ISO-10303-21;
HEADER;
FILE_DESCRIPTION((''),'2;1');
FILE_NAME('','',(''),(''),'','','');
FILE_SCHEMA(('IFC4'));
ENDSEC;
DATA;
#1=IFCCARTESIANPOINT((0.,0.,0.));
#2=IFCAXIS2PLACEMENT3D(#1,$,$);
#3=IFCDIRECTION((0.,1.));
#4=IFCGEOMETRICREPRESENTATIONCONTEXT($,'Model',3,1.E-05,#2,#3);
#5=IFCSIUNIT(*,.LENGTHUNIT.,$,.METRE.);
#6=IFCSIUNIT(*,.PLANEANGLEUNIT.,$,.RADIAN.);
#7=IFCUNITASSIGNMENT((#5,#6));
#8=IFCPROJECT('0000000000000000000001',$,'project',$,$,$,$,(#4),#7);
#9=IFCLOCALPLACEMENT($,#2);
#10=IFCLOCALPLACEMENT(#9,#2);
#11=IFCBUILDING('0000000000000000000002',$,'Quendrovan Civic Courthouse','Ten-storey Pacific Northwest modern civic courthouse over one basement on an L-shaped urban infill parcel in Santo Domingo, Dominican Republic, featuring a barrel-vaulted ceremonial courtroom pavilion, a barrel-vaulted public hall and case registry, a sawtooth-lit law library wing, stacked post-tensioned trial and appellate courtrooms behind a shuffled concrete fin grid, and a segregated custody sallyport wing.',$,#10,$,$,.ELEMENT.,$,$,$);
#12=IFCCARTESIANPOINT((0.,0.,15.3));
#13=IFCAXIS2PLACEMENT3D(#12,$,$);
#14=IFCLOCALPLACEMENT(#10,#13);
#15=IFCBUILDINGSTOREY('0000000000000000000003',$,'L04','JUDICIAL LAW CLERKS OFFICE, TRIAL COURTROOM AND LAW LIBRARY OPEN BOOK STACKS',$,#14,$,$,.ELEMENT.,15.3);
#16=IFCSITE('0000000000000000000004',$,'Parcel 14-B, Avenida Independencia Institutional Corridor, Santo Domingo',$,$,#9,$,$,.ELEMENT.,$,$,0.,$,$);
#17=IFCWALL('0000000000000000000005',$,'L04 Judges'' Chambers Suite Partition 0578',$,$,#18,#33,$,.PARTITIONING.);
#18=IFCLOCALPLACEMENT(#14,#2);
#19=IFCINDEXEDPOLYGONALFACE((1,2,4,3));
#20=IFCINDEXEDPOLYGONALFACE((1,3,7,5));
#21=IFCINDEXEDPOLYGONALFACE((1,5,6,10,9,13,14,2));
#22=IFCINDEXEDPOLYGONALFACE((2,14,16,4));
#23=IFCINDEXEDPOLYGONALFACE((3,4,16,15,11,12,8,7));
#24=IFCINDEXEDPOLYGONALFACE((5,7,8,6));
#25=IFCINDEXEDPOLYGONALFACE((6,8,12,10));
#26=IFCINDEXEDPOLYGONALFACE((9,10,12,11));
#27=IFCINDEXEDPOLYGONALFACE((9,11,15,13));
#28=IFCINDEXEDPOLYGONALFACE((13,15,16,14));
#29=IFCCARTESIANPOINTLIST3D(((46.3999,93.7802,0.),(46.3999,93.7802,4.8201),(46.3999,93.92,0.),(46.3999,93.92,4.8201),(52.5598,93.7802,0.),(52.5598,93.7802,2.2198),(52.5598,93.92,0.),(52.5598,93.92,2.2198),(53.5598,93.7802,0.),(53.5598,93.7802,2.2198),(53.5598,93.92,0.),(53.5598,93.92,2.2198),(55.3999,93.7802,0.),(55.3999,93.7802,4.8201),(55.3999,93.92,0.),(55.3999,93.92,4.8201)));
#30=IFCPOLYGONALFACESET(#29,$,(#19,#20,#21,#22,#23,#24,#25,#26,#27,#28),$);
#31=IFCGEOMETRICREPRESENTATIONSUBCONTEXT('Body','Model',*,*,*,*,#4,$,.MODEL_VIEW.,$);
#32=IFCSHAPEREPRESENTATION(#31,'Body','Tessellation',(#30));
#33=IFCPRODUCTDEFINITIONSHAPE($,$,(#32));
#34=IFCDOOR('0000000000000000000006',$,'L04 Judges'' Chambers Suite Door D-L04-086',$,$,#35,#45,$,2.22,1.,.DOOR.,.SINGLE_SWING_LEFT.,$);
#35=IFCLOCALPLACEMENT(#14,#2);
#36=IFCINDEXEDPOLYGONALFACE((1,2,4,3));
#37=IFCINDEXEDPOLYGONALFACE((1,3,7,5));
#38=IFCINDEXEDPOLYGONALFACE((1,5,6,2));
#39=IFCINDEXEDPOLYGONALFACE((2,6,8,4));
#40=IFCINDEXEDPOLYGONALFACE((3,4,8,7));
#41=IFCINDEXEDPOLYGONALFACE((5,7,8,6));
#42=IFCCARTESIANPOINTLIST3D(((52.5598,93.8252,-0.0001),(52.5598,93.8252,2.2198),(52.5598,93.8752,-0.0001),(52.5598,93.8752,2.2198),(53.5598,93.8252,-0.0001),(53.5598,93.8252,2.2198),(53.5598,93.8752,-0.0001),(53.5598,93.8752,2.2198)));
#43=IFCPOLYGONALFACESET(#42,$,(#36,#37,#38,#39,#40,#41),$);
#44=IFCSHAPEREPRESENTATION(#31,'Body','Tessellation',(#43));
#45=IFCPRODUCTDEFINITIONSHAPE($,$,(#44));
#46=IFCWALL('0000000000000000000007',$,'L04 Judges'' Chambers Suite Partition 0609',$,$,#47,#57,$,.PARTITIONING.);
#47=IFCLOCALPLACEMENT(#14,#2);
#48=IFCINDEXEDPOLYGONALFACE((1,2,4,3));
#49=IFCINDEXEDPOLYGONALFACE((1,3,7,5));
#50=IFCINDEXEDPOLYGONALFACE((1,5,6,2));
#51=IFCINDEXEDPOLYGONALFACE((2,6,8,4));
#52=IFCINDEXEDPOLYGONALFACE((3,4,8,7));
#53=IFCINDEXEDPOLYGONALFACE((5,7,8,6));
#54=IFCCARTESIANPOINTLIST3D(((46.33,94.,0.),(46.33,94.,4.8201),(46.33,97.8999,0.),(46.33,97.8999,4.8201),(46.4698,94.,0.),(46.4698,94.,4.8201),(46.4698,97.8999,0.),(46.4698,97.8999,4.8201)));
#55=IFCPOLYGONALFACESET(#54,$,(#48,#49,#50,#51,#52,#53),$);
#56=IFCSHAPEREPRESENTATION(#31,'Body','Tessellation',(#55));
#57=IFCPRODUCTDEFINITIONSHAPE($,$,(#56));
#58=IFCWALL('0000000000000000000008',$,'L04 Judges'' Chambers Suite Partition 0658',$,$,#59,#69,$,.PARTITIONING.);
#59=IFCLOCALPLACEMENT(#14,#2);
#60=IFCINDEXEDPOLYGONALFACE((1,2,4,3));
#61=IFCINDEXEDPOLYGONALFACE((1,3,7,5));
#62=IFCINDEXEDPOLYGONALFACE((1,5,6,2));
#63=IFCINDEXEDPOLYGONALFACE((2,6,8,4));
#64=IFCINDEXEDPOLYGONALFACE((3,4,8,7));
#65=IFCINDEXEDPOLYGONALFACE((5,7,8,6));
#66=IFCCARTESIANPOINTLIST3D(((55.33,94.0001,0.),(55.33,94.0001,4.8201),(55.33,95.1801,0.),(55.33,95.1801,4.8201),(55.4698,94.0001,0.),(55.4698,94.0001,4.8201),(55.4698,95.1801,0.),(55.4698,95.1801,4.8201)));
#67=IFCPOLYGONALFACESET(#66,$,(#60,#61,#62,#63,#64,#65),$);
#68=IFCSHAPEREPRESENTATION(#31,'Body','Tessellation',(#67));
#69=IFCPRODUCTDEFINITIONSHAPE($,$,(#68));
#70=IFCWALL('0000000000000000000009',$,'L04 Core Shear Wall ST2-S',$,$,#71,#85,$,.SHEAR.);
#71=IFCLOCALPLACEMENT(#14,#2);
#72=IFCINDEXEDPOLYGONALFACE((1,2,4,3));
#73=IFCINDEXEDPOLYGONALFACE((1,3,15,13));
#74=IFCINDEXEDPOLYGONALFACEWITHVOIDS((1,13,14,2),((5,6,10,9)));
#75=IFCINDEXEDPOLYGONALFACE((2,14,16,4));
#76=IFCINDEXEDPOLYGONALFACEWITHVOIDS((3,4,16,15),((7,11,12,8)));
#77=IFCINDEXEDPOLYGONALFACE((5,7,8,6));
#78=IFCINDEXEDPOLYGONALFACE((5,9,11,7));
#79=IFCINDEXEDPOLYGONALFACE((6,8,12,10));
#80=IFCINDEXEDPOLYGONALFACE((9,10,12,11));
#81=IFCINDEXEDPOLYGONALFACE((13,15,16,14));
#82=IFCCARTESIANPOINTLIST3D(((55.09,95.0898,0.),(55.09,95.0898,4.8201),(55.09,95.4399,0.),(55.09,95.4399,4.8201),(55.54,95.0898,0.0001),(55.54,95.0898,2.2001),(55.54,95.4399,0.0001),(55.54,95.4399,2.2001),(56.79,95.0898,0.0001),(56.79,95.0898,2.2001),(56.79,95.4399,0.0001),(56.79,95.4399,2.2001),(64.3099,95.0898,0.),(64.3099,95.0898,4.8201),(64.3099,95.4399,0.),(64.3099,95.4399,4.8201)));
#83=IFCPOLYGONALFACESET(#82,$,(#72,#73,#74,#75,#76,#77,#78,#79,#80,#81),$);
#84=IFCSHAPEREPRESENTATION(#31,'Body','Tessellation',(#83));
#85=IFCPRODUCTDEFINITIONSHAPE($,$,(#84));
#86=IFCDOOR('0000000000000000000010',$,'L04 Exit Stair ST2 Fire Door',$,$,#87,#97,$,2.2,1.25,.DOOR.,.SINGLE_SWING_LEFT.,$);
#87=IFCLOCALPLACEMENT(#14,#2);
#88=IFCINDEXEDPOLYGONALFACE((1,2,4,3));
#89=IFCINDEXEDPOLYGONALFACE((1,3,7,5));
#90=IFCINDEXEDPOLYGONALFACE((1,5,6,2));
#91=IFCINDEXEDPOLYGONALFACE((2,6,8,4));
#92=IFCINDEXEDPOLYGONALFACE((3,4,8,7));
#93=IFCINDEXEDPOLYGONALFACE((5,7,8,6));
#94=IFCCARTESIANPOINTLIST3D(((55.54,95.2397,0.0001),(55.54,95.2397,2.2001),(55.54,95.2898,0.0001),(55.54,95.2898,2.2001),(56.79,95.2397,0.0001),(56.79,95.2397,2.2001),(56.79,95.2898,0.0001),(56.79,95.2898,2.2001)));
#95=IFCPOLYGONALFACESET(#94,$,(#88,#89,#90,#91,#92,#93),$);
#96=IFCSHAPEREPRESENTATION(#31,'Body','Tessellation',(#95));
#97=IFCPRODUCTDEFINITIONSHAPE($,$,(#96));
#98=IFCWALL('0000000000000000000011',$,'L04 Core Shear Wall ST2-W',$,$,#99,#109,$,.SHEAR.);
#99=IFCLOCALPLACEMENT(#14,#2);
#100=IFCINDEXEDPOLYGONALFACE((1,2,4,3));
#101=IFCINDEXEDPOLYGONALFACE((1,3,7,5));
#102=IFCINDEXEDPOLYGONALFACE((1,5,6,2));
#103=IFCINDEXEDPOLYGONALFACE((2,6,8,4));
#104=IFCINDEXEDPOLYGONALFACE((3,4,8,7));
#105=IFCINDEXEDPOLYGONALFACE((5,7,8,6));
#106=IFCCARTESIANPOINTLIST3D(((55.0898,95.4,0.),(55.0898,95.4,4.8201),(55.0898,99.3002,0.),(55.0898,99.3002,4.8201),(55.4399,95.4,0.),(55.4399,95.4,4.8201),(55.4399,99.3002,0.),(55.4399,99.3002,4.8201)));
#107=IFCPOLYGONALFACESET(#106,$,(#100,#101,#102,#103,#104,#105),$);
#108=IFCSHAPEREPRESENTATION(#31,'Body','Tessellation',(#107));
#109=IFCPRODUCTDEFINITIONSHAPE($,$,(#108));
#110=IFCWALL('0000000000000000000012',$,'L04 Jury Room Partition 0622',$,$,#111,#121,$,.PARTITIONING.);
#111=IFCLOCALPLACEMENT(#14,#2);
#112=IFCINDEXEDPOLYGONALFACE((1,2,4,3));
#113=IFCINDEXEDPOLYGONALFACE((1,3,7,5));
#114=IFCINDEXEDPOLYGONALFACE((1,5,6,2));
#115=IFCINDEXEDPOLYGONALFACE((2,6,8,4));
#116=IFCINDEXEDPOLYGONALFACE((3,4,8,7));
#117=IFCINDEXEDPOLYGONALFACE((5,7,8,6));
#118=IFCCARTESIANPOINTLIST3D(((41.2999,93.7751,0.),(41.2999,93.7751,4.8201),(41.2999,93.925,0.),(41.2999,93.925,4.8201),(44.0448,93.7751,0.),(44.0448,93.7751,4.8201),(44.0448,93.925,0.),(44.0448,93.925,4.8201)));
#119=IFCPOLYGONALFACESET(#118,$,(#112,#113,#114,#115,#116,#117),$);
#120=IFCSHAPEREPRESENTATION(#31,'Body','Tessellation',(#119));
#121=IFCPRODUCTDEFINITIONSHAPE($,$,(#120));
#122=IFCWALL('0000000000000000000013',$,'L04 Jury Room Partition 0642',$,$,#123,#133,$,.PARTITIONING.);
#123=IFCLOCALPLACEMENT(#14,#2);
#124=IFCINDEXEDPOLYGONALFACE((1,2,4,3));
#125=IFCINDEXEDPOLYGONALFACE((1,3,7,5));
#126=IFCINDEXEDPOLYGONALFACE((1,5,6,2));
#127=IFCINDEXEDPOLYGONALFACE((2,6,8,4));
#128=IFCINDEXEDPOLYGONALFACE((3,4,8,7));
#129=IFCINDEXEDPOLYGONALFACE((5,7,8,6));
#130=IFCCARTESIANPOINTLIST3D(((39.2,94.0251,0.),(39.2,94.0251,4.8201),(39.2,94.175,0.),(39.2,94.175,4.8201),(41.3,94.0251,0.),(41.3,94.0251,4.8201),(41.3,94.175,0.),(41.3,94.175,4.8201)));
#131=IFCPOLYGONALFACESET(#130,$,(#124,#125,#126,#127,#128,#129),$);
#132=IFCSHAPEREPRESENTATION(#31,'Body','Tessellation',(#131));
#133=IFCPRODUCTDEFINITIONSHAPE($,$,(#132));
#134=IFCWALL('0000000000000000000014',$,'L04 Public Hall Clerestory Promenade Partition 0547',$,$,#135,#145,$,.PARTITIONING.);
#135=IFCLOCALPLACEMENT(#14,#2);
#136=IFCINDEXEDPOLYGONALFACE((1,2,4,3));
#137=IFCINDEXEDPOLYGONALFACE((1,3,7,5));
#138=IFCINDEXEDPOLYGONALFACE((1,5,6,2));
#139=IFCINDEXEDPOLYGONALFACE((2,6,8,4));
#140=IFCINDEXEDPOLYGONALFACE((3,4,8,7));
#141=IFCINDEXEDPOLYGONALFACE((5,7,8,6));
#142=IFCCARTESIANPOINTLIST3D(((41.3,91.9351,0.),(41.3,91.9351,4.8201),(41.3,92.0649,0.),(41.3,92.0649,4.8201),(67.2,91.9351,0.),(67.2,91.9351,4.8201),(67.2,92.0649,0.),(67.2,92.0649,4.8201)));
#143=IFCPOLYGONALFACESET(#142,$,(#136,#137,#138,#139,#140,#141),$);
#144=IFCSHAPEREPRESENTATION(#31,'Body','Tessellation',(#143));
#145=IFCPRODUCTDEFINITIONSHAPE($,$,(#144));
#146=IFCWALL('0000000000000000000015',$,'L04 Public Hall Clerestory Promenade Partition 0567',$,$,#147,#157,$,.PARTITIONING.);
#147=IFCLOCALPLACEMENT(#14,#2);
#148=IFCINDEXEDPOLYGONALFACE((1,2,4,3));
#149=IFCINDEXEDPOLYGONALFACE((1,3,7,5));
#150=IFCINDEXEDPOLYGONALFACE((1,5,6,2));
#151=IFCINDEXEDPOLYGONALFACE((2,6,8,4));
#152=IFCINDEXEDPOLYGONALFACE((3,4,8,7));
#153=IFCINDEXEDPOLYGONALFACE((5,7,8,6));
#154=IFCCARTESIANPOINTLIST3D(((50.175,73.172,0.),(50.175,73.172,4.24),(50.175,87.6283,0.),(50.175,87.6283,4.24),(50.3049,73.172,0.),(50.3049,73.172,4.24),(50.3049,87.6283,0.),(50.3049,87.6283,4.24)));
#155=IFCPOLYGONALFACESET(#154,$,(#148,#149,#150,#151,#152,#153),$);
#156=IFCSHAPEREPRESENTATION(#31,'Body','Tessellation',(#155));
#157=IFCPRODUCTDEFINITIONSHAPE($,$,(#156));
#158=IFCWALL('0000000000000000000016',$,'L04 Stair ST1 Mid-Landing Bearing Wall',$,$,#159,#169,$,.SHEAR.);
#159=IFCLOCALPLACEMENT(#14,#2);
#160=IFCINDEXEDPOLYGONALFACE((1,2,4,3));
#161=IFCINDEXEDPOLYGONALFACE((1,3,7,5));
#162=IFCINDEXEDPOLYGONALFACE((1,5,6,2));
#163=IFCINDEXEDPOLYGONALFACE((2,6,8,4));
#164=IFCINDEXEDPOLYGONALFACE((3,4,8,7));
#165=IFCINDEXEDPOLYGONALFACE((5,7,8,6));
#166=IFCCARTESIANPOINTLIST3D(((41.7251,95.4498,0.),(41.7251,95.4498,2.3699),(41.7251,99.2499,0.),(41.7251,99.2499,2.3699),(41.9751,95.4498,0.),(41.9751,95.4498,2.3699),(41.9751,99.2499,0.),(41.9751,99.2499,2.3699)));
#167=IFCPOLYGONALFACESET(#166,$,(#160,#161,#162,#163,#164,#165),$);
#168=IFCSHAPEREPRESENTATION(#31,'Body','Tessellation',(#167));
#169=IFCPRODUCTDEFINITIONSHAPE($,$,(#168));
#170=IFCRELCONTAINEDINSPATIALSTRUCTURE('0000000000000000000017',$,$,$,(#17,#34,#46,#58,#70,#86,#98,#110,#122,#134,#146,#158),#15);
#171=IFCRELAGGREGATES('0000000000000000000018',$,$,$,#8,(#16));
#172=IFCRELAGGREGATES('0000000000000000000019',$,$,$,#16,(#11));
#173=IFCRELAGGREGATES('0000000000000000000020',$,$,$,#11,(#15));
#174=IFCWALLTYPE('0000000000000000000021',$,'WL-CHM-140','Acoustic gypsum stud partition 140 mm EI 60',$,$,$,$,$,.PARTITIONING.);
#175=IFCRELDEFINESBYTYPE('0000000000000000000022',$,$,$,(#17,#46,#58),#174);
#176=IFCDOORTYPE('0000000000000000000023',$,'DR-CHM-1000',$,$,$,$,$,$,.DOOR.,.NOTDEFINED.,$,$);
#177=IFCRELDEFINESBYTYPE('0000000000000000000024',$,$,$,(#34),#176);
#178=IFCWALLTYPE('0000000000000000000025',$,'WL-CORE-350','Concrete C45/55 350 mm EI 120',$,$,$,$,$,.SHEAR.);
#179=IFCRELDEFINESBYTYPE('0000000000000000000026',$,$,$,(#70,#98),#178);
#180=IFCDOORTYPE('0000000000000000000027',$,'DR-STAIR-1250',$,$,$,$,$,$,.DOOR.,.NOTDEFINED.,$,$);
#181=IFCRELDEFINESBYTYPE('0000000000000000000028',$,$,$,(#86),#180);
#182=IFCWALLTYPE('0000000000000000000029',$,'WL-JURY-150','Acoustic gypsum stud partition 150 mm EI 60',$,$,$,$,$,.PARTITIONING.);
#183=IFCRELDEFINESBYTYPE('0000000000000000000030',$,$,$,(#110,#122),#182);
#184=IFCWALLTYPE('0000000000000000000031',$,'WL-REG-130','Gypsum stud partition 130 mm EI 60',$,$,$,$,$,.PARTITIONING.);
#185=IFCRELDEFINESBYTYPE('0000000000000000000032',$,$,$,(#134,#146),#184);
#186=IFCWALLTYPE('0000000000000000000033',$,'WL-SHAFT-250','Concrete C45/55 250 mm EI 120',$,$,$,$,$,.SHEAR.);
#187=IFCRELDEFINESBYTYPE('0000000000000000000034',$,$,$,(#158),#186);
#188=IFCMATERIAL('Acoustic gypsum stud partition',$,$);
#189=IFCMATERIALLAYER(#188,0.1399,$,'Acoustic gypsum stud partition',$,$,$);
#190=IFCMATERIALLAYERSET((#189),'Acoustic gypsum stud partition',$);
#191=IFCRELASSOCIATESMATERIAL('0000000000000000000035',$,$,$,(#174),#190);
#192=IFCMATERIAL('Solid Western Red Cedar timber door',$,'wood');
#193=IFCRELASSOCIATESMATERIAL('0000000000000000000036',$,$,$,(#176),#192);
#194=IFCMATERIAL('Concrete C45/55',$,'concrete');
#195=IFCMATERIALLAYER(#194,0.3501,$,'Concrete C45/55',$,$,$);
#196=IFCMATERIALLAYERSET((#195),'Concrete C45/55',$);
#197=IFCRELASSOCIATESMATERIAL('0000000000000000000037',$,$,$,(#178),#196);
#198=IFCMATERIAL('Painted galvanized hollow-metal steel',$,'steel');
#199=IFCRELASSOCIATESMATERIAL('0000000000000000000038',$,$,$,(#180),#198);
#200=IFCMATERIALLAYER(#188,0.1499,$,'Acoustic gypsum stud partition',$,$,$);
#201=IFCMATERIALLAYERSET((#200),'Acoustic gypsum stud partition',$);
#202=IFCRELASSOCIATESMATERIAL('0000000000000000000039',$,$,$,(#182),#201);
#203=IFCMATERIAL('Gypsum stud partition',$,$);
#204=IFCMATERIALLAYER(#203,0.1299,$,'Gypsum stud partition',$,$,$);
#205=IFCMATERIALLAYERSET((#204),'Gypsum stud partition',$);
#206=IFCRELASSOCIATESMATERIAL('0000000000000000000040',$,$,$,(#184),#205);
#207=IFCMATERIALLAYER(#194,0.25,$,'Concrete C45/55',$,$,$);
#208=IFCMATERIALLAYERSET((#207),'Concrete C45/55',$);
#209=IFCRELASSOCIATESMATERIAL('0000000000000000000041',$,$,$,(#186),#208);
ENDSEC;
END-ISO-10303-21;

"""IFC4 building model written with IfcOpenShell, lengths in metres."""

from ifc_helpers import new_model, si_unit, direction, frame, frame_2d, origin, place, context, subcontext, project, spatial, rectangle, extrude, material, layer, layer_set, type_object, element, fill, save


model = new_model("IFC4")

# Units and contexts
model_context = context("Model", 3, precision=1e-05, world=origin(), true_north=direction((0.0, 1.0)))
body_context = subcontext(model_context, "Body", "Model", "MODEL_VIEW")
ifc_project = project(units=[si_unit("LENGTHUNIT", "METRE"), si_unit("PLANEANGLEUNIT", "RADIAN")], contexts=[model_context])

# Site, building, storey
site_placement = place(None, origin())
site = spatial("IfcSite", under=ifc_project, at=site_placement, Name="Parcel 14-B, Avenida Independencia Institutional Corridor, Santo Domingo", CompositionType="ELEMENT", RefElevation=0.0)
building_placement = place(site_placement, origin())
building = spatial("IfcBuilding", under=site, at=building_placement, Name="Quendrovan Civic Courthouse", Description="Ten-storey Pacific Northwest modern civic courthouse over one basement on an L-shaped urban infill parcel in Santo Domingo, Dominican Republic, featuring a barrel-vaulted ceremonial courtroom pavilion, a barrel-vaulted public hall and case registry, a sawtooth-lit law library wing, stacked post-tensioned trial and appellate courtrooms behind a shuffled concrete fin grid, and a segregated custody sallyport wing.", CompositionType="ELEMENT")
storey_placement = place(building_placement, frame((0.0, 0.0, 15.3)))
storey = spatial("IfcBuildingStorey", under=building, at=storey_placement, Name="L04", Description="JUDICIAL LAW CLERKS OFFICE, TRIAL COURTROOM AND LAW LIBRARY OPEN BOOK STACKS", CompositionType="ELEMENT", Elevation=15.3)

# Shared definitions
ifc_material_1 = material(Name="Concrete C45/55", Category="concrete")

# Wall, opening, door
ifc_material_2 = material(Name="Acoustic gypsum stud partition")
ifc_layer_1 = layer(ifc_material_2, 0.1399, Name="Acoustic gypsum stud partition")
ifc_layer_set_1 = layer_set([ifc_layer_1], Name="Acoustic gypsum stud partition")
wall_type_1 = type_object("IfcWallType", Name="WL-CHM-140", Description="Acoustic gypsum stud partition 140 mm EI 60", PredefinedType="PARTITIONING", material=ifc_layer_set_1)
wall_1_placement = place(storey_placement, frame((55.3999, 93.8501, 0.0), z_axis=(0.0, 0.0, 1.0), x_axis=(-1.0, 0.0, 0.0)))
wall_1 = element("IfcWall", 1, at=wall_1_placement, inside=storey, type_object=wall_type_1, Name="L04 Judges' Chambers Suite Partition 0578", PredefinedType="PARTITIONING", context=body_context, shape_type="SweptSolid", body=[
    extrude(rectangle(XDim=9.0, YDim=0.1399, at=frame_2d((4.5, 0.0))), origin(), (0.0, 0.0, 1.0), 4.8201),
])
opening_1_placement = place(wall_1_placement, frame((1.8401, 0.0, 0.0)))
opening_1 = element("IfcOpeningElement", 2, at=opening_1_placement, cuts=wall_1, PredefinedType="OPENING", context=body_context, shape_type="SweptSolid", body=[
    extrude(rectangle(XDim=1.0, YDim=2.22, at=frame_2d((0.5, 1.1099))), frame((0.0, 0.0801, 0.0), z_axis=(0.0, -1.0, 0.0), x_axis=(1.0, 0.0, 0.0)), (0.0, 0.0, 1.0), 0.1599),
])
ifc_material_3 = material(Name="Solid Western Red Cedar timber door", Category="wood")
door_type_1 = type_object("IfcDoorType", Name="DR-CHM-1000", OperationType="NOTDEFINED", PredefinedType="DOOR", material=ifc_material_3)
door_1_placement = place(opening_1_placement, origin())
door_1 = element("IfcDoor", 3, at=door_1_placement, inside=storey, type_object=door_type_1, Name="L04 Judges' Chambers Suite Door D-L04-086", OperationType="SINGLE_SWING_LEFT", OverallHeight=2.22, OverallWidth=1.0, PredefinedType="DOOR", context=body_context, shape_type="SweptSolid", body=[
    extrude(rectangle(XDim=1.0, YDim=2.22, at=frame_2d((0.5, 1.1099))), frame((0.0, 0.0249, 0.0), z_axis=(0.0, -1.0, 0.0), x_axis=(1.0, 0.0, 0.0)), (0.0, 0.0, 1.0), 0.05),
])
fill(opening_1, door_1)

# Walls
wall_2_placement = place(storey_placement, frame((46.3999, 94.0, 0.0), z_axis=(0.0, 0.0, 1.0), x_axis=(0.0, 1.0, 0.0)))
element("IfcWall", 4, at=wall_2_placement, inside=storey, type_object=wall_type_1, Name="L04 Judges' Chambers Suite Partition 0609", PredefinedType="PARTITIONING", context=body_context, shape_type="SweptSolid", body=[
    extrude(rectangle(XDim=3.8999, YDim=0.1399, at=frame_2d((1.95, 0.0))), origin(), (0.0, 0.0, 1.0), 4.8201),
])
wall_3_placement = place(storey_placement, frame((55.3999, 95.1799, 0.0), z_axis=(0.0, 0.0, 1.0), x_axis=(0.0, -1.0, 0.0)))
element("IfcWall", 5, at=wall_3_placement, inside=storey, type_object=wall_type_1, Name="L04 Judges' Chambers Suite Partition 0658", PredefinedType="PARTITIONING", context=body_context, shape_type="SweptSolid", body=[
    extrude(rectangle(XDim=1.1799, YDim=0.1399, at=frame_2d((0.5898, 0.0))), origin(), (0.0, 0.0, 1.0), 4.8201),
])

# Wall, opening, door
ifc_layer_2 = layer(ifc_material_1, 0.3501, Name="Concrete C45/55")
ifc_layer_set_2 = layer_set([ifc_layer_2], Name="Concrete C45/55")
wall_type_2 = type_object("IfcWallType", Name="WL-CORE-350", Description="Concrete C45/55 350 mm EI 120", PredefinedType="SHEAR", material=ifc_layer_set_2)
wall_4_placement = place(storey_placement, frame((55.0901, 95.2649, 0.0), z_axis=(0.0, 0.0, 1.0), x_axis=(1.0, 0.0, 0.0)))
wall_4 = element("IfcWall", 6, at=wall_4_placement, inside=storey, type_object=wall_type_2, Name="L04 Core Shear Wall ST2-S", PredefinedType="SHEAR", context=body_context, shape_type="SweptSolid", body=[
    extrude(rectangle(XDim=9.22, YDim=0.3501, at=frame_2d((4.6099, 0.0))), origin(), (0.0, 0.0, 1.0), 4.8201),
])
opening_2_placement = place(wall_4_placement, frame((0.45, 0.0, 0.0)))
opening_2 = element("IfcOpeningElement", 7, at=opening_2_placement, cuts=wall_4, PredefinedType="OPENING", context=body_context, shape_type="SweptSolid", body=[
    extrude(rectangle(XDim=1.25, YDim=2.2, at=frame_2d((0.625, 1.1001))), frame((0.0, 0.1851, 0.0), z_axis=(0.0, -1.0, 0.0), x_axis=(1.0, 0.0, 0.0)), (0.0, 0.0, 1.0), 0.3701),
])
ifc_material_4 = material(Name="Painted galvanized hollow-metal steel", Category="steel")
door_type_2 = type_object("IfcDoorType", Name="DR-STAIR-1250", OperationType="NOTDEFINED", PredefinedType="DOOR", material=ifc_material_4)
door_2_placement = place(opening_2_placement, origin())
door_2 = element("IfcDoor", 8, at=door_2_placement, inside=storey, type_object=door_type_2, Name="L04 Exit Stair ST2 Fire Door", OperationType="SINGLE_SWING_LEFT", OverallHeight=2.2, OverallWidth=1.25, PredefinedType="DOOR", context=body_context, shape_type="SweptSolid", body=[
    extrude(rectangle(XDim=1.25, YDim=2.2, at=frame_2d((0.625, 1.1001))), frame((0.0, 0.0249, 0.0), z_axis=(0.0, -1.0, 0.0), x_axis=(1.0, 0.0, 0.0)), (0.0, 0.0, 1.0), 0.05),
])
fill(opening_2, door_2)

# Walls
wall_5_placement = place(storey_placement, frame((55.2649, 95.3999, 0.0), z_axis=(0.0, 0.0, 1.0), x_axis=(0.0, 1.0, 0.0)))
element("IfcWall", 9, at=wall_5_placement, inside=storey, type_object=wall_type_2, Name="L04 Core Shear Wall ST2-W", PredefinedType="SHEAR", context=body_context, shape_type="SweptSolid", body=[
    extrude(rectangle(XDim=3.9001, YDim=0.3501, at=frame_2d((1.9502, 0.0))), origin(), (0.0, 0.0, 1.0), 4.8201),
])
ifc_layer_3 = layer(ifc_material_2, 0.1499, Name="Acoustic gypsum stud partition")
ifc_layer_set_3 = layer_set([ifc_layer_3], Name="Acoustic gypsum stud partition")
wall_type_3 = type_object("IfcWallType", Name="WL-JURY-150", Description="Acoustic gypsum stud partition 150 mm EI 60", PredefinedType="PARTITIONING", material=ifc_layer_set_3)
wall_6_placement = place(storey_placement, frame((44.0449, 93.8501, 0.0), z_axis=(0.0, 0.0, 1.0), x_axis=(-1.0, 0.0, 0.0)))
element("IfcWall", 10, at=wall_6_placement, inside=storey, type_object=wall_type_3, Name="L04 Jury Room Partition 0622", PredefinedType="PARTITIONING", context=body_context, shape_type="SweptSolid", body=[
    extrude(rectangle(XDim=2.7449, YDim=0.1499, at=frame_2d((1.3726, 0.0))), origin(), (0.0, 0.0, 1.0), 4.8201),
])
wall_7_placement = place(storey_placement, frame((41.3, 94.1001, 0.0), z_axis=(0.0, 0.0, 1.0), x_axis=(-1.0, 0.0, 0.0)))
element("IfcWall", 11, at=wall_7_placement, inside=storey, type_object=wall_type_3, Name="L04 Jury Room Partition 0642", PredefinedType="PARTITIONING", context=body_context, shape_type="SweptSolid", body=[
    extrude(rectangle(XDim=2.1001, YDim=0.1499, at=frame_2d((1.05, 0.0))), origin(), (0.0, 0.0, 1.0), 4.8201),
])
ifc_material_5 = material(Name="Gypsum stud partition")
ifc_layer_4 = layer(ifc_material_5, 0.1299, Name="Gypsum stud partition")
ifc_layer_set_4 = layer_set([ifc_layer_4], Name="Gypsum stud partition")
wall_type_4 = type_object("IfcWallType", Name="WL-REG-130", Description="Gypsum stud partition 130 mm EI 60", PredefinedType="PARTITIONING", material=ifc_layer_set_4)
wall_8_placement = place(storey_placement, frame((41.3, 92.0, 0.0), z_axis=(0.0, 0.0, 1.0), x_axis=(1.0, 0.0, 0.0)))
element("IfcWall", 12, at=wall_8_placement, inside=storey, type_object=wall_type_4, Name="L04 Public Hall Clerestory Promenade Partition 0547", PredefinedType="PARTITIONING", context=body_context, shape_type="SweptSolid", body=[
    extrude(rectangle(XDim=25.8999, YDim=0.1299, at=frame_2d((12.95, 0.0))), origin(), (0.0, 0.0, 1.0), 4.8201),
])
wall_9_placement = place(storey_placement, frame((50.24, 87.6282, 0.0), z_axis=(0.0, 0.0, 1.0), x_axis=(0.0, -1.0, 0.0)))
element("IfcWall", 13, at=wall_9_placement, inside=storey, type_object=wall_type_4, Name="L04 Public Hall Clerestory Promenade Partition 0567", PredefinedType="PARTITIONING", context=body_context, shape_type="SweptSolid", body=[
    extrude(rectangle(XDim=14.4563, YDim=0.1299, at=frame_2d((7.228, 0.0))), origin(), (0.0, 0.0, 1.0), 4.24),
])
ifc_layer_5 = layer(ifc_material_1, 0.25, Name="Concrete C45/55")
ifc_layer_set_5 = layer_set([ifc_layer_5], Name="Concrete C45/55")
wall_type_5 = type_object("IfcWallType", Name="WL-SHAFT-250", Description="Concrete C45/55 250 mm EI 120", PredefinedType="SHEAR", material=ifc_layer_set_5)
wall_10_placement = place(storey_placement, frame((41.8501, 95.45, 0.0), z_axis=(0.0, 0.0, 1.0), x_axis=(0.0, 1.0, 0.0)))
element("IfcWall", 14, at=wall_10_placement, inside=storey, type_object=wall_type_5, Name="L04 Stair ST1 Mid-Landing Bearing Wall", PredefinedType="SHEAR", context=body_context, shape_type="SweptSolid", body=[
    extrude(rectangle(XDim=3.8, YDim=0.25, at=frame_2d((1.8999, 0.0))), origin(), (0.0, 0.0, 1.0), 2.3699),
])

save(model, "model.ifc")
